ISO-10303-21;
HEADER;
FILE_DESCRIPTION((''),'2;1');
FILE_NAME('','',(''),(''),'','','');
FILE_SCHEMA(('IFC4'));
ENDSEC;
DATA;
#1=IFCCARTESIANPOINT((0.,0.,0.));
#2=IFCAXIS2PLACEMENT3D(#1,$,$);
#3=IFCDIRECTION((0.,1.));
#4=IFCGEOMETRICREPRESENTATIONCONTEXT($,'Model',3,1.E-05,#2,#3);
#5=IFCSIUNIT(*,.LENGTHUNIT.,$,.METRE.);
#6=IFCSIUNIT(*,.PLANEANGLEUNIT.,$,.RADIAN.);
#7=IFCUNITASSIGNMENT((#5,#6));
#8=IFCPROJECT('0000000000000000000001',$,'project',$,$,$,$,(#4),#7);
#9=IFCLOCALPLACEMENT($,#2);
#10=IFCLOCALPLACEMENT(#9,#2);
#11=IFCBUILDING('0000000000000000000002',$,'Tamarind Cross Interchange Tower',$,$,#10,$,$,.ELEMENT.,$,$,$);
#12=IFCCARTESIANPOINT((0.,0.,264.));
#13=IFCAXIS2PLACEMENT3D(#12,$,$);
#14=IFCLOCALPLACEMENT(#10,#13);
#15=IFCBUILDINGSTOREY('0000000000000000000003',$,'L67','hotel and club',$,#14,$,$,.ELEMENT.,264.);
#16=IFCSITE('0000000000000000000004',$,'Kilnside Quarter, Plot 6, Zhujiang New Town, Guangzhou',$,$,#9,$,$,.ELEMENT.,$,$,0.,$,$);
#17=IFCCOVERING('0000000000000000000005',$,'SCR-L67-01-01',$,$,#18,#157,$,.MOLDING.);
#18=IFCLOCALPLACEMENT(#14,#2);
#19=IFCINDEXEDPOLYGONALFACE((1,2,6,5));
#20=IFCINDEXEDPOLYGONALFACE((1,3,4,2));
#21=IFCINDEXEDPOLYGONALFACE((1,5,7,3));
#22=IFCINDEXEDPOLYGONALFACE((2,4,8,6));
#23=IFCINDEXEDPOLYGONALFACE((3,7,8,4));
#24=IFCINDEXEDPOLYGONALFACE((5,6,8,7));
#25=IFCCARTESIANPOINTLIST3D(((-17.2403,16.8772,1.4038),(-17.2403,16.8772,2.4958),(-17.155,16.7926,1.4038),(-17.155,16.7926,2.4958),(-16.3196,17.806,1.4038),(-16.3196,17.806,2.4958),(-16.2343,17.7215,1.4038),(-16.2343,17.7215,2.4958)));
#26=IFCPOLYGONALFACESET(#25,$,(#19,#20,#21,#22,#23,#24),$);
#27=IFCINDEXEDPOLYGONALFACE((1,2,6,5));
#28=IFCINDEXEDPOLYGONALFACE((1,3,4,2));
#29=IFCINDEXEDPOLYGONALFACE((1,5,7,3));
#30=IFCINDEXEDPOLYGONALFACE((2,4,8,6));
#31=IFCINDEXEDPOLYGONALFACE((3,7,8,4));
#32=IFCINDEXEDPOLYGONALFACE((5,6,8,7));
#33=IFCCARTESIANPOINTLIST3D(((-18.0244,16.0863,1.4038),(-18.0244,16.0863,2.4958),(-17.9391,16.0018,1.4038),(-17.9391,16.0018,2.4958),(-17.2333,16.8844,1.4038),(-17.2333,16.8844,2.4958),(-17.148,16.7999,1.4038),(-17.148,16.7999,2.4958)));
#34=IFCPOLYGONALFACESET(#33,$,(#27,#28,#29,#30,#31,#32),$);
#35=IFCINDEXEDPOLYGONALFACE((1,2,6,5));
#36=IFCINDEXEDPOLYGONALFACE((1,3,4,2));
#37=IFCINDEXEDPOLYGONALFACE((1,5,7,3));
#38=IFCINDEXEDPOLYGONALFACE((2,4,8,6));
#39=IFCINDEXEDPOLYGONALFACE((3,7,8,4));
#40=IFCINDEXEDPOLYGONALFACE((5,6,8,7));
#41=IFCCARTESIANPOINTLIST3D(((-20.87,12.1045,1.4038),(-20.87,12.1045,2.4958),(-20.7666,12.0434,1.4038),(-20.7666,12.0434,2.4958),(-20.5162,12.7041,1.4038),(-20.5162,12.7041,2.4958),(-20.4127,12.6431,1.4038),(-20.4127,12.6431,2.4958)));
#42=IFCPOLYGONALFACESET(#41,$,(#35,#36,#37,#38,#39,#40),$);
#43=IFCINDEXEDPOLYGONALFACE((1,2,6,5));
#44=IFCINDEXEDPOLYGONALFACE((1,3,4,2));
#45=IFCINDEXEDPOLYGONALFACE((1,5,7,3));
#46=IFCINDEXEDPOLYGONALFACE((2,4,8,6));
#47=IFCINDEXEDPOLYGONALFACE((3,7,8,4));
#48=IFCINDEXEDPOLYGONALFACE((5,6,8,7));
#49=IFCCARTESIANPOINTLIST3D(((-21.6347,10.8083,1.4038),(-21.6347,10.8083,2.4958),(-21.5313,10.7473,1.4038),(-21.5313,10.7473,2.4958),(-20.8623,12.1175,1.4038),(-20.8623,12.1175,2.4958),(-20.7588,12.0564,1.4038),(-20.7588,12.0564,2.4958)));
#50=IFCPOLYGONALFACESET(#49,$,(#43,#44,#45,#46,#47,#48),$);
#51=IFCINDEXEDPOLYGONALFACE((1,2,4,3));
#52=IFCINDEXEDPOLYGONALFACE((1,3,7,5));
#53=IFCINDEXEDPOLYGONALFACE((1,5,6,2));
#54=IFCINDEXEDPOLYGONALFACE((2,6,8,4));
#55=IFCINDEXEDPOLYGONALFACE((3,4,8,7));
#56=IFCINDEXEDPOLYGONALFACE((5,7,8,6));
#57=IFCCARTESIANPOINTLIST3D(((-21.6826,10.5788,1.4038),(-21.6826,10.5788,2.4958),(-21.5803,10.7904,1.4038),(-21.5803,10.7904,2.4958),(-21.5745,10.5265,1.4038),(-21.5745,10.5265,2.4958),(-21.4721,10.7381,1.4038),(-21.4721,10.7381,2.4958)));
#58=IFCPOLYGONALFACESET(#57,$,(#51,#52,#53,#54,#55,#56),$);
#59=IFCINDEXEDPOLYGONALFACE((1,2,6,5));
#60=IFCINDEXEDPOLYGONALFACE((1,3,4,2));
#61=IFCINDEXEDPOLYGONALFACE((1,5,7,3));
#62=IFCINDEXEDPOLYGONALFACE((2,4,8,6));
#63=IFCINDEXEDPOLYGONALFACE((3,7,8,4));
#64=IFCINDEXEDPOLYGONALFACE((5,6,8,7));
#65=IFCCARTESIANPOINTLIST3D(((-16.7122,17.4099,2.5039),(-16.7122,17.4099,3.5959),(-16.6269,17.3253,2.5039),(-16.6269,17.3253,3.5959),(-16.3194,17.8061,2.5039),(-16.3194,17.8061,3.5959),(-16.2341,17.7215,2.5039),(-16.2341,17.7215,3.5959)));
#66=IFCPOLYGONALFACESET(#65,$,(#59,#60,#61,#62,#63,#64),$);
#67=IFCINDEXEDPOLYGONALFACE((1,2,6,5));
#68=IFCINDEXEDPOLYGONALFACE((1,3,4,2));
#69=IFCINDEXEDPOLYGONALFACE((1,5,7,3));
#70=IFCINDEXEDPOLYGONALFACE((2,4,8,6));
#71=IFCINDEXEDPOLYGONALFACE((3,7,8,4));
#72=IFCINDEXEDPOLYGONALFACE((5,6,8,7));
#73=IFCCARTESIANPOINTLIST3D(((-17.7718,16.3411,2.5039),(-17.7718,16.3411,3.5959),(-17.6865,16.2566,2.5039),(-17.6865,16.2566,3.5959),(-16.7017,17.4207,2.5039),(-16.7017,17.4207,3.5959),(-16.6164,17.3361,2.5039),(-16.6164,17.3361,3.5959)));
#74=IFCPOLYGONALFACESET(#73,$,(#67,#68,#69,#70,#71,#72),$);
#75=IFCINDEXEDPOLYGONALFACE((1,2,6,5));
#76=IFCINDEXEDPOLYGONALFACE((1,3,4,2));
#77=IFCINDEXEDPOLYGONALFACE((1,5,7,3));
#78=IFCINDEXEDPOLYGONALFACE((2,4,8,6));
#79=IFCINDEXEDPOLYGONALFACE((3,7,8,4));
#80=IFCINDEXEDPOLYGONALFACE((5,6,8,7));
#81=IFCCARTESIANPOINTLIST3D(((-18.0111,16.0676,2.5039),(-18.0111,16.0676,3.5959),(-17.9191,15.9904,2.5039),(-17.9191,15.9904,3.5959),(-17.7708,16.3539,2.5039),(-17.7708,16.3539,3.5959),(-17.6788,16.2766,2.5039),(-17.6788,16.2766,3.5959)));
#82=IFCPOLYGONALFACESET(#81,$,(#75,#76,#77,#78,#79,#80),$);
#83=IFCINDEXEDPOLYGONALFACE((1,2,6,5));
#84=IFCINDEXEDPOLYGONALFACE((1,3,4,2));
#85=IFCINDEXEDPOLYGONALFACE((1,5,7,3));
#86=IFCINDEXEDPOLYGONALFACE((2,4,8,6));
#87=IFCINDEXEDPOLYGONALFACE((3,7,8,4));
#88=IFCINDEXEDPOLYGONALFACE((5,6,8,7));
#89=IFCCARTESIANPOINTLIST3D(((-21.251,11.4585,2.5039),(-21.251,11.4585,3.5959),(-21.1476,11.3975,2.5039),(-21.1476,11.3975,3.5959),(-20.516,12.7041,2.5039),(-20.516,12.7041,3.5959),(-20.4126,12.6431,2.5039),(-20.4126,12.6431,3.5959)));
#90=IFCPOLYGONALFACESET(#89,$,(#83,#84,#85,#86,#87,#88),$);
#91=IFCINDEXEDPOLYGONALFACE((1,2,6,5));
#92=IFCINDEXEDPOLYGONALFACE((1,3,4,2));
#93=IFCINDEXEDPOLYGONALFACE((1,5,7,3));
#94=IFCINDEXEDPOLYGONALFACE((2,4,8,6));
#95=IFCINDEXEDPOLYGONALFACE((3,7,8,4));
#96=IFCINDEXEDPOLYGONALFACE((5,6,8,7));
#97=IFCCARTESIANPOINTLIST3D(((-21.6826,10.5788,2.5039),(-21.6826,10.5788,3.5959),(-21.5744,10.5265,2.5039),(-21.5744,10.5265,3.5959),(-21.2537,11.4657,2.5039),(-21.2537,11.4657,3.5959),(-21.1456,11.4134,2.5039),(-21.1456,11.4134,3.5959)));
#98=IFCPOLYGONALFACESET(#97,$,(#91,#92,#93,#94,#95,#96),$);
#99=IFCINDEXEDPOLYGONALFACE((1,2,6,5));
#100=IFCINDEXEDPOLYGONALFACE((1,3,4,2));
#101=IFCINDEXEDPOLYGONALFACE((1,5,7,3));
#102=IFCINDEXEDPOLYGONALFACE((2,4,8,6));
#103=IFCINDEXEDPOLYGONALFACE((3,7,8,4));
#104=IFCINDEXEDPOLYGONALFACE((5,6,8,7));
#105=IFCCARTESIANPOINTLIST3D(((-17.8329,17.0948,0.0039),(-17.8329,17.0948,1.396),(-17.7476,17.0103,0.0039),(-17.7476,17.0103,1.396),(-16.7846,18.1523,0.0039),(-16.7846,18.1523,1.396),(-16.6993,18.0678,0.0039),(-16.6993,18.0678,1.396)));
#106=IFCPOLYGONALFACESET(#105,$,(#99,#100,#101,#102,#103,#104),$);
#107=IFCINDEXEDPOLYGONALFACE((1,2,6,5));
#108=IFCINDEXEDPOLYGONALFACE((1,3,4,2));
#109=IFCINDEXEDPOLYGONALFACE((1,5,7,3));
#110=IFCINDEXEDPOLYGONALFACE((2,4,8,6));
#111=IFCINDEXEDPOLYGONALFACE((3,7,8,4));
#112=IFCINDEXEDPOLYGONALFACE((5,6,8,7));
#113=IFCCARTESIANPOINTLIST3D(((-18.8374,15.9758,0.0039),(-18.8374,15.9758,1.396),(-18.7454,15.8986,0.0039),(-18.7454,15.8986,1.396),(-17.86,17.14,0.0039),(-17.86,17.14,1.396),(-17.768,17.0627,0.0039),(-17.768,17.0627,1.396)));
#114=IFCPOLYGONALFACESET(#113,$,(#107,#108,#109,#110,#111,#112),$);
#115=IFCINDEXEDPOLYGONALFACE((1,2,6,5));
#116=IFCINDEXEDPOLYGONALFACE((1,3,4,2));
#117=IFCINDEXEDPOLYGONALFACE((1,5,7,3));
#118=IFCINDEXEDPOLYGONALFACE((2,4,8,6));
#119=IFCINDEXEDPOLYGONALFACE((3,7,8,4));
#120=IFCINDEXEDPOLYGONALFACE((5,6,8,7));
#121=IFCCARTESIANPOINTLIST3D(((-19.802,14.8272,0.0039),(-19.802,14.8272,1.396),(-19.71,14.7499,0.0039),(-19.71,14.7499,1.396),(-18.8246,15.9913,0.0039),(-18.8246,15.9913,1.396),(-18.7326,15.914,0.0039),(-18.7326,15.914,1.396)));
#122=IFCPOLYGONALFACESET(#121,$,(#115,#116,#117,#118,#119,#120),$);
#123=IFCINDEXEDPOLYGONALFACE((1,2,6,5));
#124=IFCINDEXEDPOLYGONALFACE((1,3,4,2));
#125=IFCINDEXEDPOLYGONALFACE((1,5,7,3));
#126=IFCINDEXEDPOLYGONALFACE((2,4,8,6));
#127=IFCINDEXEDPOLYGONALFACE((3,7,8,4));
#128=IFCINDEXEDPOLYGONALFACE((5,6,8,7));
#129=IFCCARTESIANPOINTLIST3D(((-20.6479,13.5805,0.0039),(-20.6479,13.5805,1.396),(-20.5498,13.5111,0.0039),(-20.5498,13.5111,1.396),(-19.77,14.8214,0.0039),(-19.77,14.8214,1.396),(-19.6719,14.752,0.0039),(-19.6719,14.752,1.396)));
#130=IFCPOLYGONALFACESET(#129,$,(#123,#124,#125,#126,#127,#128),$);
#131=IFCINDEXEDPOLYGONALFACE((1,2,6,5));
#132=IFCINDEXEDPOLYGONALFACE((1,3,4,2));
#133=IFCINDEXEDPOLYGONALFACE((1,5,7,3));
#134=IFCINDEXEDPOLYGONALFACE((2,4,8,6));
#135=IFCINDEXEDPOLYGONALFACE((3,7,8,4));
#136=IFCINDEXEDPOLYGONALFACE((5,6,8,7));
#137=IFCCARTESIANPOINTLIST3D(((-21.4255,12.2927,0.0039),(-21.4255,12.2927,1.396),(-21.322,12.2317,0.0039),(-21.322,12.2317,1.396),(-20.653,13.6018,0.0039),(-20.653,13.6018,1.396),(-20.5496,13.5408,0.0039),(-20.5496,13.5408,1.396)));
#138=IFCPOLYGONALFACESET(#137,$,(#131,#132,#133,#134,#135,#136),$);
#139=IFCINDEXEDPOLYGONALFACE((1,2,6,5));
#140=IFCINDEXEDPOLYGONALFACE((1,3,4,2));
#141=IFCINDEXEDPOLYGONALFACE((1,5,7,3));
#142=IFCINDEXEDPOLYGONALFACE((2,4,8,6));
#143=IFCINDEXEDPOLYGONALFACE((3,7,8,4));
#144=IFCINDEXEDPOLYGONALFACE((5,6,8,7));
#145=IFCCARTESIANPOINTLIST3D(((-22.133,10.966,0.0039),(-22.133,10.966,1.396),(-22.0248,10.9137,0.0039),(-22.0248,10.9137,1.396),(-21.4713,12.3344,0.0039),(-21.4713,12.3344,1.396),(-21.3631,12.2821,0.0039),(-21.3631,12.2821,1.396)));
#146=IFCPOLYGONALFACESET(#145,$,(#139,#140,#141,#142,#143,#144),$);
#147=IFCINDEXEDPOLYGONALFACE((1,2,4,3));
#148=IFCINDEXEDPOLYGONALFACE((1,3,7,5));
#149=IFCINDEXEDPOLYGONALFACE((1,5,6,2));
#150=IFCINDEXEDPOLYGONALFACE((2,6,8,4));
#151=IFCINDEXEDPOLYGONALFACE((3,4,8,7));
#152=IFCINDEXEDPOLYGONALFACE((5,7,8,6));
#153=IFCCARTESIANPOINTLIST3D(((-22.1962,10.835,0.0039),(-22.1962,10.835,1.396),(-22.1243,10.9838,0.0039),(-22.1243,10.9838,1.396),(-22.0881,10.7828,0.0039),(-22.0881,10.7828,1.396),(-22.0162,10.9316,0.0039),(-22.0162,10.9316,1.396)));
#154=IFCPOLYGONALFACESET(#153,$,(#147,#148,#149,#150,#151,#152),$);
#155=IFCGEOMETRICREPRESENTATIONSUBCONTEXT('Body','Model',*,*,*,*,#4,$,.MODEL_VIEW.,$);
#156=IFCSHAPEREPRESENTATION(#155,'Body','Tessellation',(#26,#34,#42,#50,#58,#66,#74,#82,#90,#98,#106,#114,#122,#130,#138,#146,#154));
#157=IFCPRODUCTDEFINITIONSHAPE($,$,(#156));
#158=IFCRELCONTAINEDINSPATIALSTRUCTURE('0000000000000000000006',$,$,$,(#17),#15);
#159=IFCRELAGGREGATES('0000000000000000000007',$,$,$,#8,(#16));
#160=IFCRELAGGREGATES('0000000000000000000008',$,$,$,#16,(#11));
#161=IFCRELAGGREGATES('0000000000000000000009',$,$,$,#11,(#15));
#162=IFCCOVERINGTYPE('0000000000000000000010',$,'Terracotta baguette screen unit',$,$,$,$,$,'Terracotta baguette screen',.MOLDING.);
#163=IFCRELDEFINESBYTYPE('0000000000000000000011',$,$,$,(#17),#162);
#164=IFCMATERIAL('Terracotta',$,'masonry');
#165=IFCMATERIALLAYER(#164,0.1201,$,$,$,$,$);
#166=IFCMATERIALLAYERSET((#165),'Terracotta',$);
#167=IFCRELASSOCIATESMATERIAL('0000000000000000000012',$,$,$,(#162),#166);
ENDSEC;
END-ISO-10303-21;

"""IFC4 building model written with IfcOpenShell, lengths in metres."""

from ifc_helpers import new_model, si_unit, direction, frame, origin, origin_2d, place, context, subcontext, project, spatial, rectangle, extrude, material, layer, layer_set, type_object, element, save


model = new_model("IFC4")

# Units and contexts
model_context = context("Model", 3, precision=1e-05, world=origin(), true_north=direction((0.0, 1.0)))
body_context = subcontext(model_context, "Body", "Model", "MODEL_VIEW")
ifc_project = project(units=[si_unit("LENGTHUNIT", "METRE"), si_unit("PLANEANGLEUNIT", "RADIAN")], contexts=[model_context])

# Site, building, storey
site_placement = place(None, origin())
site = spatial("IfcSite", under=ifc_project, at=site_placement, Name="Kilnside Quarter, Plot 6, Zhujiang New Town, Guangzhou", CompositionType="ELEMENT", RefElevation=0.0)
building_placement = place(site_placement, origin())
building = spatial("IfcBuilding", under=site, at=building_placement, Name="Tamarind Cross Interchange Tower", CompositionType="ELEMENT")
storey_placement = place(building_placement, frame((0.0, 0.0, 264.0)))
storey = spatial("IfcBuildingStorey", under=building, at=storey_placement, Name="L67", Description="hotel and club", CompositionType="ELEMENT", Elevation=264.0)

# Covering
ifc_material_1 = material(Name="Terracotta", Category="masonry")
ifc_layer_1 = layer(ifc_material_1, 0.1201)
ifc_layer_set_1 = layer_set([ifc_layer_1], Name="Terracotta")
covering_type = type_object("IfcCoveringType", Name="Terracotta baguette screen unit", ElementType="Terracotta baguette screen", PredefinedType="MOLDING", material=ifc_layer_set_1)
covering_1_placement = place(storey_placement, origin())
element("IfcCovering", 1, at=covering_1_placement, inside=storey, type_object=covering_type, Name="SCR-L67-01-01", PredefinedType="MOLDING", context=body_context, shape_type="SweptSolid", body=[
    extrude(rectangle(XDim=1.3079, YDim=0.1201, at=origin_2d()), frame((-16.7373, 17.2993, 1.4038), z_axis=(0.0, 0.0, 1.0), x_axis=(-0.704003, -0.710197, 0.0)), (0.0, 0.0, 1.0), 1.092),
    extrude(rectangle(XDim=1.1238, YDim=0.1201, at=origin_2d()), frame((-17.5862, 16.4431, 1.4038), z_axis=(0.0, 0.0, 1.0), x_axis=(-0.704003, -0.710197, 0.0)), (0.0, 0.0, 1.0), 1.092),
    extrude(rectangle(XDim=0.6963, YDim=0.1201, at=origin_2d()), frame((-20.6414, 12.3738, 1.4038), z_axis=(0.0, 0.0, 1.0), x_axis=(-0.508183, -0.861249, 0.0)), (0.0, 0.0, 1.0), 1.092),
    extrude(rectangle(XDim=1.52, YDim=0.1201, at=origin_2d()), frame((-21.1968, 11.4324, 1.4038), z_axis=(0.0, 0.0, 1.0), x_axis=(-0.508183, -0.861249, 0.0)), (0.0, 0.0, 1.0), 1.092),
    extrude(rectangle(XDim=0.2351, YDim=0.1201, at=origin_2d()), frame((-21.5774, 10.6584, 1.4038), z_axis=(0.0, 0.0, 1.0), x_axis=(-0.435326, -0.900273, 0.0)), (0.0, 0.0, 1.0), 1.092),
    extrude(rectangle(XDim=0.5579, YDim=0.1201, at=origin_2d()), frame((-16.4731, 17.5657, 2.5039), z_axis=(0.0, 0.0, 1.0), x_axis=(-0.704003, -0.710197, 0.0)), (0.0, 0.0, 1.0), 1.092),
    extrude(rectangle(XDim=1.52, YDim=0.1201, at=origin_2d()), frame((-17.1941, 16.8386, 2.5039), z_axis=(0.0, 0.0, 1.0), x_axis=(-0.704003, -0.710197, 0.0)), (0.0, 0.0, 1.0), 1.092),
    extrude(rectangle(XDim=0.3738, YDim=0.1201, at=origin_2d()), frame((-17.845, 16.1721, 2.5039), z_axis=(0.0, 0.0, 1.0), x_axis=(-0.643009, -0.765858, 0.0)), (0.0, 0.0, 1.0), 1.092),
    extrude(rectangle(XDim=1.4463, YDim=0.1201, at=origin_2d()), frame((-20.8318, 12.0508, 2.5039), z_axis=(0.0, 0.0, 1.0), x_axis=(-0.508183, -0.861249, 0.0)), (0.0, 0.0, 1.0), 1.092),
    extrude(rectangle(XDim=0.9851, YDim=0.1201, at=origin_2d()), frame((-21.4141, 10.9961, 2.5039), z_axis=(0.0, 0.0, 1.0), x_axis=(-0.435326, -0.900273, 0.0)), (0.0, 0.0, 1.0), 1.092),
    extrude(rectangle(XDim=1.489, YDim=0.1201, at=origin_2d()), frame((-17.2661, 17.5813, 0.0039), z_axis=(0.0, 0.0, 1.0), x_axis=(-0.704003, -0.710197, 0.0)), (0.0, 0.0, 1.0), 1.3921),
    extrude(rectangle(XDim=1.52, YDim=0.1201, at=origin_2d()), frame((-18.3027, 16.5193, 0.0039), z_axis=(0.0, 0.0, 1.0), x_axis=(-0.643009, -0.765858, 0.0)), (0.0, 0.0, 1.0), 1.3921),
    extrude(rectangle(XDim=1.52, YDim=0.1201, at=origin_2d()), frame((-19.2673, 15.3706, 0.0039), z_axis=(0.0, 0.0, 1.0), x_axis=(-0.643009, -0.765858, 0.0)), (0.0, 0.0, 1.0), 1.3921),
    extrude(rectangle(XDim=1.52, YDim=0.1201, at=origin_2d()), frame((-20.1599, 14.1663, 0.0039), z_axis=(0.0, 0.0, 1.0), x_axis=(-0.577569, -0.816342, 0.0)), (0.0, 0.0, 1.0), 1.3921),
    extrude(rectangle(XDim=1.52, YDim=0.1201, at=origin_2d()), frame((-20.9875, 12.9167, 0.0039), z_axis=(0.0, 0.0, 1.0), x_axis=(-0.508183, -0.861249, 0.0)), (0.0, 0.0, 1.0), 1.3921),
    extrude(rectangle(XDim=1.52, YDim=0.1201, at=origin_2d()), frame((-21.748, 11.624, 0.0039), z_axis=(0.0, 0.0, 1.0), x_axis=(-0.435326, -0.900273, 0.0)), (0.0, 0.0, 1.0), 1.3921),
    extrude(rectangle(XDim=0.1653, YDim=0.1201, at=origin_2d()), frame((-22.1062, 10.8833, 0.0039), z_axis=(0.0, 0.0, 1.0), x_axis=(-0.435326, -0.900273, 0.0)), (0.0, 0.0, 1.0), 1.3921),
])

save(model, "model.ifc")
